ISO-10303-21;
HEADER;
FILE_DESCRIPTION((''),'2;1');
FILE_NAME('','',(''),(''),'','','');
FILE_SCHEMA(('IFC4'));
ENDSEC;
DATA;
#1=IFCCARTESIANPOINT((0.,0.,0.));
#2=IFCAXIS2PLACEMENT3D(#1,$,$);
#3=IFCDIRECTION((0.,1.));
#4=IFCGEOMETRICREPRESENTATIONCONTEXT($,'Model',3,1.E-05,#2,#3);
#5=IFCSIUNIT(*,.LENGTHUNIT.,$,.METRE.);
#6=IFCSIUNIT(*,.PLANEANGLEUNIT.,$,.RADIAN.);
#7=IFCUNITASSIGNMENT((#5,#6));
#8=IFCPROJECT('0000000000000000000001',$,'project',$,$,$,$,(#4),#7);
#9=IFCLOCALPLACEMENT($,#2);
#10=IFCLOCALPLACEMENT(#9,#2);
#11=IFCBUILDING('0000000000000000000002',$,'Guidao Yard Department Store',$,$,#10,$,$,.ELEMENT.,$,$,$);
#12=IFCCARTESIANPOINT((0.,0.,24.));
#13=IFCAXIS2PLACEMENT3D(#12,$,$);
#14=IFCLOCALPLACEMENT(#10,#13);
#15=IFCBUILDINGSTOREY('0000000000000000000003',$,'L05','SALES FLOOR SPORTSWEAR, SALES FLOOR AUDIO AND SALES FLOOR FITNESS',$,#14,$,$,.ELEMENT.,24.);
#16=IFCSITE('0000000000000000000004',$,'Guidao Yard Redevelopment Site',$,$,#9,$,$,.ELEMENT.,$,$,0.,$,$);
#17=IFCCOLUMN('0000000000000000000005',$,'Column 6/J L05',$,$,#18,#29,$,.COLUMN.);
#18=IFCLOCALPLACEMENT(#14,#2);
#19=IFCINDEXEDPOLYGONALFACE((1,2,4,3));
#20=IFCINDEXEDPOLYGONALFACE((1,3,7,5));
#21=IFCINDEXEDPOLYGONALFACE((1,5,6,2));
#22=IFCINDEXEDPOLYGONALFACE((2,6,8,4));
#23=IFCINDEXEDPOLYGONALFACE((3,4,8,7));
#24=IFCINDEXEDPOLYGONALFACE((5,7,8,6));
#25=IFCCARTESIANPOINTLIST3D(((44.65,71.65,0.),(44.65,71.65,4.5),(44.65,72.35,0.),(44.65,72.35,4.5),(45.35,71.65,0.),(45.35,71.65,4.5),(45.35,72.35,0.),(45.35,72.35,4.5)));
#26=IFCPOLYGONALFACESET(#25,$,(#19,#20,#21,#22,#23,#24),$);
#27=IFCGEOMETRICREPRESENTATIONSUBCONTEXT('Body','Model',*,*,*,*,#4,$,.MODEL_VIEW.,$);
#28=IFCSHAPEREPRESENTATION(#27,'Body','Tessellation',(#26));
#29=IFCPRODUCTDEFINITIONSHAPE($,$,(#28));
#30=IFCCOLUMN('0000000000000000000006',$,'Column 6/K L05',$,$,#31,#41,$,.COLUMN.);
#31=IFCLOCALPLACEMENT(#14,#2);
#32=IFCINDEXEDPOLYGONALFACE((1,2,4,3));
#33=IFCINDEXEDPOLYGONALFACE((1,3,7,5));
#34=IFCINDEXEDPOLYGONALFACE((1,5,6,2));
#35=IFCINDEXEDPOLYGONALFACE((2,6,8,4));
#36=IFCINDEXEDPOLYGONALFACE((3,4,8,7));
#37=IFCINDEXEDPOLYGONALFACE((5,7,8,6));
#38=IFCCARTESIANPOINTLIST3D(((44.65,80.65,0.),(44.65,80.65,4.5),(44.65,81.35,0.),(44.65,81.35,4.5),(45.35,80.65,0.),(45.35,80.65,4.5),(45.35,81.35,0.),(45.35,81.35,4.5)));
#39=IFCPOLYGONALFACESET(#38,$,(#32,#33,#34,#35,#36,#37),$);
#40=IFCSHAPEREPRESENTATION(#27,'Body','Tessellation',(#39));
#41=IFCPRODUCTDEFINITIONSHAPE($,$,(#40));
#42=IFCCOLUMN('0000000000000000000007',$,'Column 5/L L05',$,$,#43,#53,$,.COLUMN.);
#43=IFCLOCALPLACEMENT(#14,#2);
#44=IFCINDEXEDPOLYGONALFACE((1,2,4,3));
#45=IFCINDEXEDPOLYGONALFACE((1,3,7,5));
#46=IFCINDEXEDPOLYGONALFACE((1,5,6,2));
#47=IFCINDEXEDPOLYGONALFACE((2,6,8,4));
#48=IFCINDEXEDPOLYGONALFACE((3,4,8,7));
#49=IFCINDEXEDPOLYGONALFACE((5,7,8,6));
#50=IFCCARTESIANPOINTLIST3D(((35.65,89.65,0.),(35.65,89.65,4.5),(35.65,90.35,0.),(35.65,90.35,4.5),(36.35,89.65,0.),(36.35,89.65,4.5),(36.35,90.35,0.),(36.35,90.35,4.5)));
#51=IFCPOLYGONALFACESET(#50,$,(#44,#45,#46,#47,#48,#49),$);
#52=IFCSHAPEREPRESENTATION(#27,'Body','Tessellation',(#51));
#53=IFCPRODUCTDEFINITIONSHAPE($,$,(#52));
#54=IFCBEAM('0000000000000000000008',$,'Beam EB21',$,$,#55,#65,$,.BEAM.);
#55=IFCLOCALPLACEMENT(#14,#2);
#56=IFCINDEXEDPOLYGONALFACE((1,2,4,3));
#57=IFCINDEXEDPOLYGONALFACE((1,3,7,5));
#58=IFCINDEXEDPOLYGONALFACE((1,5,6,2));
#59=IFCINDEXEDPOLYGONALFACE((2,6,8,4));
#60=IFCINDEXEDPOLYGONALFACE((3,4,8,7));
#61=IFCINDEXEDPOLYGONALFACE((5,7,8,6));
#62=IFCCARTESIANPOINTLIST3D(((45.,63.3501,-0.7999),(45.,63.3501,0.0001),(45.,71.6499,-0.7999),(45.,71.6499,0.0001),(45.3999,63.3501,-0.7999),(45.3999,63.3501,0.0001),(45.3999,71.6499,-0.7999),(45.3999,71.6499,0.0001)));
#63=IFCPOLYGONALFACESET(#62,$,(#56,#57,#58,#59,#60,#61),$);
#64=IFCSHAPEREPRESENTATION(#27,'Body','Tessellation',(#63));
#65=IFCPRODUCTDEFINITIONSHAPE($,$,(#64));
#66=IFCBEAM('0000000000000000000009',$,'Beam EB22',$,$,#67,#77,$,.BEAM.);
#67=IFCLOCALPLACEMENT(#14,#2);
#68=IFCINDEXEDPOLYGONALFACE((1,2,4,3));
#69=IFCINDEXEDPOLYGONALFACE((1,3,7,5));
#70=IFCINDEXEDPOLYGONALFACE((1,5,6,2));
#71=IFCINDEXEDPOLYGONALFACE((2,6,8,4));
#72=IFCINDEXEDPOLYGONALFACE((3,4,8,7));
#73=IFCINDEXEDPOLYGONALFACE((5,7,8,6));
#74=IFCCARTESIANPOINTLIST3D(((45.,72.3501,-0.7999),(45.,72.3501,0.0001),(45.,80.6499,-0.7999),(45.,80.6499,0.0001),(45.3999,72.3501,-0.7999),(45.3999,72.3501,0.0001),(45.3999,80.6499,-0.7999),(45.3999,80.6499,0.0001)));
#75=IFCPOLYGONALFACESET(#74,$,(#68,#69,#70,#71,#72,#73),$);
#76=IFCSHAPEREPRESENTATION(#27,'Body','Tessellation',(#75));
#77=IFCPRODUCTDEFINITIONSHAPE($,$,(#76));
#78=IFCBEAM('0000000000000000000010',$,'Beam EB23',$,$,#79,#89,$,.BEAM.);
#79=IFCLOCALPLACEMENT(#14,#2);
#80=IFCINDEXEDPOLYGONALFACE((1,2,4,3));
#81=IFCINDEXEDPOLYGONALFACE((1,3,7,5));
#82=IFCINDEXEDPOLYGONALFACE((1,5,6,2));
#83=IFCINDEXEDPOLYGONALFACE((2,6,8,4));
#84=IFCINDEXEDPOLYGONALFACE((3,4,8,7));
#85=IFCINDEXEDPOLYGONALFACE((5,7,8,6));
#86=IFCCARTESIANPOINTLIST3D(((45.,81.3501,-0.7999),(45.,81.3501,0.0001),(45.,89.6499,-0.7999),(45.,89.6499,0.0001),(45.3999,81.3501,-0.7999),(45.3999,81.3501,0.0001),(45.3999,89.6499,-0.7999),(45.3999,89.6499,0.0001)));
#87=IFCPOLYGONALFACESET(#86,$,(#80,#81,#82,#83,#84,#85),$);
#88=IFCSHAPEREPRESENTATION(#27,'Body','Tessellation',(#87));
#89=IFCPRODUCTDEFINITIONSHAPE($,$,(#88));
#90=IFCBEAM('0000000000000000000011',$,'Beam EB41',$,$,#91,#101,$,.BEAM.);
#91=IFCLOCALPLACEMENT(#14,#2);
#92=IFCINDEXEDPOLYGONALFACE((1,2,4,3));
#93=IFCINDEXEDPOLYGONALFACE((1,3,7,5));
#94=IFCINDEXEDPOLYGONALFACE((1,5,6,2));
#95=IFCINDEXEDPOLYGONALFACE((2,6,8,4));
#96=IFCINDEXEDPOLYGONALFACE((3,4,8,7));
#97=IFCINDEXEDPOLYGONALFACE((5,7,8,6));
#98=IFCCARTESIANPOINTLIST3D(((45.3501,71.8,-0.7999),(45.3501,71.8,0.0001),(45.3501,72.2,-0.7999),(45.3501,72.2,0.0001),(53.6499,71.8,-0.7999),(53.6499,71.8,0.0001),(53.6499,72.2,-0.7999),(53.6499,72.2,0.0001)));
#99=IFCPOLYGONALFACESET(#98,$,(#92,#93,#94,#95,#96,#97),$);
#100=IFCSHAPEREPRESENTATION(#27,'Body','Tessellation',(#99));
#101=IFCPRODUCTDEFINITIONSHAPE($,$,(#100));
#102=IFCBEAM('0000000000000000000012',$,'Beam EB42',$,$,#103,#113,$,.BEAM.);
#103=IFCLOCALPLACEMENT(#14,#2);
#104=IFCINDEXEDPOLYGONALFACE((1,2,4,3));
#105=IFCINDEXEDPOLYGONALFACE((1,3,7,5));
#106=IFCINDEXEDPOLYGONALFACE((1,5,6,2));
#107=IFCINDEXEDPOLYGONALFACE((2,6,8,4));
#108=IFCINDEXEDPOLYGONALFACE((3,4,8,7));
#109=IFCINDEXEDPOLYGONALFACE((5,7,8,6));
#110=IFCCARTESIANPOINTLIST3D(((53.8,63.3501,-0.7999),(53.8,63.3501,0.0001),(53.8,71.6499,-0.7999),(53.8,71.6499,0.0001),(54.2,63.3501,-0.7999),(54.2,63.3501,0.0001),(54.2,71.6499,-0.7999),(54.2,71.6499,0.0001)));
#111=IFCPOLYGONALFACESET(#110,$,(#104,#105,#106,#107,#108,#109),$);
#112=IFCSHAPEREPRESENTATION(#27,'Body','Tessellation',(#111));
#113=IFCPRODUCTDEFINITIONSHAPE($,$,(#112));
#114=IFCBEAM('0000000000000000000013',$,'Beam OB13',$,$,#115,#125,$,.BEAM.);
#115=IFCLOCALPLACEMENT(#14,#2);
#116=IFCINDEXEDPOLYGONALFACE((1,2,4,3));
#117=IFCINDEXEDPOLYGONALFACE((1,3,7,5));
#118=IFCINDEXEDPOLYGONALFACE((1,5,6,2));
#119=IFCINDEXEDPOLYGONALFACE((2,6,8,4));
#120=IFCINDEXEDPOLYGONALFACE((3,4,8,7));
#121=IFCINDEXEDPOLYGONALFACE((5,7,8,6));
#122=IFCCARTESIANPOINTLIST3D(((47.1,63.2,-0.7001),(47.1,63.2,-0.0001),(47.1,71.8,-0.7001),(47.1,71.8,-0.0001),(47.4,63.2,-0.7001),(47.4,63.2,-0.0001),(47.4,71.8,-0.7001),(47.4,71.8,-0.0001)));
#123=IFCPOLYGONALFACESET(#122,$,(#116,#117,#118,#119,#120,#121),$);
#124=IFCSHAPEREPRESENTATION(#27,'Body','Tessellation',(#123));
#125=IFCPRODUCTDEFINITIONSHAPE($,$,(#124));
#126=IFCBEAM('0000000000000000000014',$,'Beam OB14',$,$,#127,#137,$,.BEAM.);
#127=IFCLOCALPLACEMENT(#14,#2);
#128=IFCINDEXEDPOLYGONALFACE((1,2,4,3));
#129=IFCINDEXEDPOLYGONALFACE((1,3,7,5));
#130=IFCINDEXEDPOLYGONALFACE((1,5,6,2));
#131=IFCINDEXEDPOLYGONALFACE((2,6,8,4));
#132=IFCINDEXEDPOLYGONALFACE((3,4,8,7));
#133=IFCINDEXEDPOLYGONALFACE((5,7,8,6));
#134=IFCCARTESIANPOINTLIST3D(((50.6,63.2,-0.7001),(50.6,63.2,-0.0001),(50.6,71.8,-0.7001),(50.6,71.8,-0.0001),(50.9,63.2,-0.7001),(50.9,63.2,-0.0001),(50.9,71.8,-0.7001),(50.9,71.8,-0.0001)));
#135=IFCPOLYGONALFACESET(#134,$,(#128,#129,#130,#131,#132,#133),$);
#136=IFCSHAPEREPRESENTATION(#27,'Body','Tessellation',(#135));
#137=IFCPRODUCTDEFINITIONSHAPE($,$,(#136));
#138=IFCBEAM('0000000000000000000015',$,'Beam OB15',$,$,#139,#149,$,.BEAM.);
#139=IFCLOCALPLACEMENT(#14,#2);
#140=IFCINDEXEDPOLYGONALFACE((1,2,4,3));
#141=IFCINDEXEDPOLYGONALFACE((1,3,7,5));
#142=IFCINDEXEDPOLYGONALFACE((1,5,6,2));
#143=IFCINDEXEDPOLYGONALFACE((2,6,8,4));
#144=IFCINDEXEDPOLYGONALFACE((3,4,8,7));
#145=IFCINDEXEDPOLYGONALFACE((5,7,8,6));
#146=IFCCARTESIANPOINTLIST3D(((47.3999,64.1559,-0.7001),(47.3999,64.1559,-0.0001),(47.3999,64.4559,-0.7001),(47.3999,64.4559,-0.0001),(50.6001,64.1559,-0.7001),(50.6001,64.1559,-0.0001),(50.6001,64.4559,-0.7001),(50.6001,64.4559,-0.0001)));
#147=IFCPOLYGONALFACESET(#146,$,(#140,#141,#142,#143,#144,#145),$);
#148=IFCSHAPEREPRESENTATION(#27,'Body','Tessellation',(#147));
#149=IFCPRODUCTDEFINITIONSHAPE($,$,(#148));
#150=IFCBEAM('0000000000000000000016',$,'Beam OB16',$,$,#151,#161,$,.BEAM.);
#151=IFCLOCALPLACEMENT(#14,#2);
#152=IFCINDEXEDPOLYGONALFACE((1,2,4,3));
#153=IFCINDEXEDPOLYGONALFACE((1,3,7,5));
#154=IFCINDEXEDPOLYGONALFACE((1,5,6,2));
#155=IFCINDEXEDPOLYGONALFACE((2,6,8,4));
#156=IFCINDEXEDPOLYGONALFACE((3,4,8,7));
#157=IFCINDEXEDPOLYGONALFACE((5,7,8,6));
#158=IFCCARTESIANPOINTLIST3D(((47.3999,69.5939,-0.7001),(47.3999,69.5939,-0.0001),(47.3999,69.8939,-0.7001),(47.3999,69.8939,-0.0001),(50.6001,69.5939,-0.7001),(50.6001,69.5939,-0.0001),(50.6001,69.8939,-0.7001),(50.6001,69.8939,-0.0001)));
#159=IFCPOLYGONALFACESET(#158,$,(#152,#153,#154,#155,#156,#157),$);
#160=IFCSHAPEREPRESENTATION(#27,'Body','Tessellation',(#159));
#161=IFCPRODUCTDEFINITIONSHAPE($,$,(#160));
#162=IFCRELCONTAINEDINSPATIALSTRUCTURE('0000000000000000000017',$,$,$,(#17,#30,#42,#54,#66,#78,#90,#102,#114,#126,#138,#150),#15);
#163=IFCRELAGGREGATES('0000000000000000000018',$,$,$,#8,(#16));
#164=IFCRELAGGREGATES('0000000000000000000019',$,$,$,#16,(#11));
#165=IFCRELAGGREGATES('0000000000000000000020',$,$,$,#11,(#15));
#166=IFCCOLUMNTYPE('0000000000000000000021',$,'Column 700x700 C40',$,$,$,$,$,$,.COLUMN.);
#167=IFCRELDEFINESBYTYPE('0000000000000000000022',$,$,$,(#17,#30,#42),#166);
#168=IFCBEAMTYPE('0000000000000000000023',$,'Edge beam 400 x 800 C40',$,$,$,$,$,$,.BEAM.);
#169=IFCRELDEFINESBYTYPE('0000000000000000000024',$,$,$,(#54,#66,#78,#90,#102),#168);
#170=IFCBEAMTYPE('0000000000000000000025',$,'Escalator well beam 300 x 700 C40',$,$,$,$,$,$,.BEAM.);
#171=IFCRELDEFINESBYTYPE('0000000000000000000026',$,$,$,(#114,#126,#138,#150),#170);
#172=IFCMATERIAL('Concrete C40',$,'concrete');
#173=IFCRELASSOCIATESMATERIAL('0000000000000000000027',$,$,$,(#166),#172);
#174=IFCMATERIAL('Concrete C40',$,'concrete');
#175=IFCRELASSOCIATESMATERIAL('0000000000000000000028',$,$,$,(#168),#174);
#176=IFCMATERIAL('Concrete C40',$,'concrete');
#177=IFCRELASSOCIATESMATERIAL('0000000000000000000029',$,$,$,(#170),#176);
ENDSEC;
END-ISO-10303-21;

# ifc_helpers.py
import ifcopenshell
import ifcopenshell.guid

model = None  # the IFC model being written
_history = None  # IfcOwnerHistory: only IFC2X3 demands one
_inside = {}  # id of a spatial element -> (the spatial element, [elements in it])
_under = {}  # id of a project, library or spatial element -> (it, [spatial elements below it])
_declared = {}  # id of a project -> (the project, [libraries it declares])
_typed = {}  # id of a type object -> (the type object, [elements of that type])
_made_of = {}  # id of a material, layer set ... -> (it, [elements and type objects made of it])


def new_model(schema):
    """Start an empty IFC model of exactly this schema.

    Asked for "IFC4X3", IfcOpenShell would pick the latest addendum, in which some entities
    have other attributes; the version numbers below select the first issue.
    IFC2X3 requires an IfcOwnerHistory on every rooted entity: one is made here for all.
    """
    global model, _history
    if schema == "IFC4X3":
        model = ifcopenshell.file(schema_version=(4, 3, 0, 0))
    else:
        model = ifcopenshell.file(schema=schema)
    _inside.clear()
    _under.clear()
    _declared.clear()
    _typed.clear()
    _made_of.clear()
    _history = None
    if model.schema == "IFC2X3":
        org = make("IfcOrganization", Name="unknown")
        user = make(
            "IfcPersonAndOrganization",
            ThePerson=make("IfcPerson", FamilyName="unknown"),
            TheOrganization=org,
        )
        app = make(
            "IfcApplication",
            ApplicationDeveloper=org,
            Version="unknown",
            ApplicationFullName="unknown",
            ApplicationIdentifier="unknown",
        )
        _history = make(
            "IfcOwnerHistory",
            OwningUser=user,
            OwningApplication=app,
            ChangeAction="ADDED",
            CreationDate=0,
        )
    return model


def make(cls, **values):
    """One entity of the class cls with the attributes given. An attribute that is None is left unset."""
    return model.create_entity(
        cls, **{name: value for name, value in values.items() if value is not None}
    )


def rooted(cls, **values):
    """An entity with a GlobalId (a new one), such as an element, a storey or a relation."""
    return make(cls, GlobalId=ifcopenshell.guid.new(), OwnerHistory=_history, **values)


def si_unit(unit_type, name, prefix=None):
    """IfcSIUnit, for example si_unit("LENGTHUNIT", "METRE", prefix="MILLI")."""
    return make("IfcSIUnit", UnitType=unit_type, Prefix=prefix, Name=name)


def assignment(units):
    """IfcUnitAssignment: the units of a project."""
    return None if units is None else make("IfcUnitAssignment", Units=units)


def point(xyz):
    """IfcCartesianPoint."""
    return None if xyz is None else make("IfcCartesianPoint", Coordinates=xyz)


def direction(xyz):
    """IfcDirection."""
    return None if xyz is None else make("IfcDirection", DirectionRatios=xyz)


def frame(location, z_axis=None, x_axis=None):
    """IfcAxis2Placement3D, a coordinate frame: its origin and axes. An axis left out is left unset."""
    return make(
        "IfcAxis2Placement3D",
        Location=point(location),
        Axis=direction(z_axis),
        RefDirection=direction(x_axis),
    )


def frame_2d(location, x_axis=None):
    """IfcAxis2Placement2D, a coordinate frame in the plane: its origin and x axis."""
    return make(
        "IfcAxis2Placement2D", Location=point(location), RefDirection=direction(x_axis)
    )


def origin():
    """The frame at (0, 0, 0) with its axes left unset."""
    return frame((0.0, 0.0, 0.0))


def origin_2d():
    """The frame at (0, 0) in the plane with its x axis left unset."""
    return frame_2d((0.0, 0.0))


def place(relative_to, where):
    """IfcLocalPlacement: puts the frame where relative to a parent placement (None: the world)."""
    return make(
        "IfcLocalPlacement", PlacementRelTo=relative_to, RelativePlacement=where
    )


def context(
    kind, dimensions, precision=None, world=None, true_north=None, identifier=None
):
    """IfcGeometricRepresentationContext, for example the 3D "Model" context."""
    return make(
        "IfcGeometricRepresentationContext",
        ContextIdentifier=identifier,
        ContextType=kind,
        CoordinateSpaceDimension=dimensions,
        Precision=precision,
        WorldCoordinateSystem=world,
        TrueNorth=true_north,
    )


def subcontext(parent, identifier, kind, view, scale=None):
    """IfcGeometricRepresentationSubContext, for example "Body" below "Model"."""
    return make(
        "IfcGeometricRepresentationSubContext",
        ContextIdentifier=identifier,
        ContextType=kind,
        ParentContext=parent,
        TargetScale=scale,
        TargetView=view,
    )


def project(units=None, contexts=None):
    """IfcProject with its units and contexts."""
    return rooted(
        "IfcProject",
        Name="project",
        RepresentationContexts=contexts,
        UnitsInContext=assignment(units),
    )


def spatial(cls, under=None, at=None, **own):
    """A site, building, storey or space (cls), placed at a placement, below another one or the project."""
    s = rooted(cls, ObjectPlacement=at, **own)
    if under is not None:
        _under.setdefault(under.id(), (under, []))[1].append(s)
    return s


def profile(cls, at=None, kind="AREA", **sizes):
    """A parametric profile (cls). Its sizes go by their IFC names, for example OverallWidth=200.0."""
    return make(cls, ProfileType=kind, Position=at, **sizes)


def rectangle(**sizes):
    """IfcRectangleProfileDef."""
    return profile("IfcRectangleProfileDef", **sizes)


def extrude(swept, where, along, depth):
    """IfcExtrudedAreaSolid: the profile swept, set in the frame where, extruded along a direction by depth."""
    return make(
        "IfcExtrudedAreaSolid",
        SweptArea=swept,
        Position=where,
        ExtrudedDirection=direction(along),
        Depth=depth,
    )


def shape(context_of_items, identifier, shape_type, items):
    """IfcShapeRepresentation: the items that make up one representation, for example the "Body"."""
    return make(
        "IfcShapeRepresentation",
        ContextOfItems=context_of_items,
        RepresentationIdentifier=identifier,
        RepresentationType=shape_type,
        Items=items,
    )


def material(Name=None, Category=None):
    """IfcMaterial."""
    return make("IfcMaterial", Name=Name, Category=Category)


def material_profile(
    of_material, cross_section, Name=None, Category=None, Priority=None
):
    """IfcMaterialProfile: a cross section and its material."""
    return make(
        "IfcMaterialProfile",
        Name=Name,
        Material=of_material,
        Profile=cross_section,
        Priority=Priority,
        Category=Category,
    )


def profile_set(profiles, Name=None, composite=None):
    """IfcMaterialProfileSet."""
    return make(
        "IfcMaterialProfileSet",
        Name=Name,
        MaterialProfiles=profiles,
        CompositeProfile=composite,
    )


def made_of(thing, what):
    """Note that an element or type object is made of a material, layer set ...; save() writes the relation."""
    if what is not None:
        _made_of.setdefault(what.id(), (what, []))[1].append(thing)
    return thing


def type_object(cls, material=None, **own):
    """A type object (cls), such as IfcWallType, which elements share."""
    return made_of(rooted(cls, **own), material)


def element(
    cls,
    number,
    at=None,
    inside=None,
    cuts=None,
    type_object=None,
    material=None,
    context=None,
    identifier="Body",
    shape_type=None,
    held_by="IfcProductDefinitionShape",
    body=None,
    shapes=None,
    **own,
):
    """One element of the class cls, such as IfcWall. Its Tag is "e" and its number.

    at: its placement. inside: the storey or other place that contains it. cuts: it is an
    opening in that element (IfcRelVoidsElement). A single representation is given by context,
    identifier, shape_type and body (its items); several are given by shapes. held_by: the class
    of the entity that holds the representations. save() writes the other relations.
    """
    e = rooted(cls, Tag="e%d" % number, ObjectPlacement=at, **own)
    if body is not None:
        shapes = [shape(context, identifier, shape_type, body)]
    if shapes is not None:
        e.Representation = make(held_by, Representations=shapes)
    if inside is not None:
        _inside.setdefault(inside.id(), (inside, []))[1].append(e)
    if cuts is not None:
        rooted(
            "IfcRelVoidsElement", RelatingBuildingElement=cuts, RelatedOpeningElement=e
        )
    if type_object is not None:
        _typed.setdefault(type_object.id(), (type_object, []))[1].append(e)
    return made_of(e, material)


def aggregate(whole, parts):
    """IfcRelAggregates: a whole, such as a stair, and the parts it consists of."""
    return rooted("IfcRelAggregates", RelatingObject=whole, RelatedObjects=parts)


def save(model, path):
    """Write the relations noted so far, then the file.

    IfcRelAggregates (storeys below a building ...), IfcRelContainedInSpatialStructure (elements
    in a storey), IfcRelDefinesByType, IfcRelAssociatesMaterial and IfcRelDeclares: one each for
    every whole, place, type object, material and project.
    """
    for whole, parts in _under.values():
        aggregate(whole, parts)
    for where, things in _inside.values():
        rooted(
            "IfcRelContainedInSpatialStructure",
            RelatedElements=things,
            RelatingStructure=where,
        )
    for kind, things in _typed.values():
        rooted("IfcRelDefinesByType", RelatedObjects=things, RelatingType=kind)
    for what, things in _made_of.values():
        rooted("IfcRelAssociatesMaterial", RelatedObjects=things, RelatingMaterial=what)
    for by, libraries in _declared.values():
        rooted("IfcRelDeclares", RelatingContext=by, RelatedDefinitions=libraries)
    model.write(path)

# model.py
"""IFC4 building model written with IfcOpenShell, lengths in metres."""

from ifc_helpers import new_model, si_unit, direction, frame, origin, origin_2d, place, context, subcontext, project, spatial, rectangle, extrude, material, material_profile, profile_set, type_object, element, save


model = new_model("IFC4")

# Units and contexts
model_context = context("Model", 3, precision=1e-05, world=origin(), true_north=direction((0.0, 1.0)))
body_context = subcontext(model_context, "Body", "Model", "MODEL_VIEW")
ifc_project = project(units=[si_unit("LENGTHUNIT", "METRE"), si_unit("PLANEANGLEUNIT", "RADIAN")], contexts=[model_context])

# Site, building, storey
site_placement = place(None, origin())
site = spatial("IfcSite", under=ifc_project, at=site_placement, Name="Guidao Yard Redevelopment Site", CompositionType="ELEMENT", RefElevation=0.0)
building_placement = place(site_placement, origin())
building = spatial("IfcBuilding", under=site, at=building_placement, Name="Guidao Yard Department Store", CompositionType="ELEMENT")
storey_placement = place(building_placement, frame((0.0, 0.0, 24.0)))
storey = spatial("IfcBuildingStorey", under=building, at=storey_placement, Name="L05", Description="SALES FLOOR SPORTSWEAR, SALES FLOOR AUDIO AND SALES FLOOR FITNESS", CompositionType="ELEMENT", Elevation=24.0)

# Columns
ifc_material_1 = material(Name="Concrete C40", Category="concrete")
ifc_material_profile_1 = material_profile(ifc_material_1, rectangle(XDim=0.7, YDim=0.7, at=origin_2d()), Name="COL 700x700")
ifc_profile_set_1 = profile_set([ifc_material_profile_1], Name="Concrete C40")
column_type = type_object("IfcColumnType", Name="Column 700x700 C40", PredefinedType="COLUMN", material=ifc_profile_set_1)
for number, where, z_axis, x_axis, name in (
    (1, (45.0, 72.0, 0.0), (0.0, 0.0, 1.0), (1.0, 0.0, 0.0), "Column 6/J L05"),
    (2, (45.0, 81.0, 0.0), (0.0, 0.0, 1.0), (1.0, 0.0, 0.0), "Column 6/K L05"),
    (3, (36.0, 90.0, 0.0), (0.0, 0.0, 1.0), (1.0, 0.0, 0.0), "Column 5/L L05"),
):
    element("IfcColumn", number, at=place(storey_placement, frame(where, z_axis=z_axis, x_axis=x_axis)), inside=storey, type_object=column_type, Name=name, PredefinedType="COLUMN", context=body_context, shape_type="SweptSolid", body=[
        extrude(rectangle(XDim=0.7, YDim=0.7, at=origin_2d()), origin(), (0.0, 0.0, 1.0), 4.5),
    ])

# Beams
ifc_material_2 = material(Name="Concrete C40", Category="concrete")
ifc_material_profile_2 = material_profile(ifc_material_2, rectangle(XDim=0.3999, YDim=0.8, at=origin_2d()), Name="Edge beam 400 x 800 C40")
ifc_profile_set_2 = profile_set([ifc_material_profile_2], Name="Concrete C40")
beam_type_1 = type_object("IfcBeamType", Name="Edge beam 400 x 800 C40", PredefinedType="BEAM", material=ifc_profile_set_2)
for number, where, z_axis, x_axis, name in (
    (4, (45.2, 63.3501, -0.3999), (0.0, 1.0, 0.0), (-1.0, 0.0, 0.0), "Beam EB21"),
    (5, (45.2, 72.3501, -0.3999), (0.0, 1.0, 0.0), (-1.0, 0.0, 0.0), "Beam EB22"),
    (6, (45.2, 81.3501, -0.3999), (0.0, 1.0, 0.0), (-1.0, 0.0, 0.0), "Beam EB23"),
    (7, (45.3501, 72.0, -0.3999), (1.0, 0.0, 0.0), (0.0, 1.0, 0.0), "Beam EB41"),
    (8, (54.0, 63.3501, -0.3999), (0.0, 1.0, 0.0), (-1.0, 0.0, 0.0), "Beam EB42"),
):
    element("IfcBeam", number, at=place(storey_placement, frame(where, z_axis=z_axis, x_axis=x_axis)), inside=storey, type_object=beam_type_1, Name=name, PredefinedType="BEAM", context=body_context, shape_type="SweptSolid", body=[
        extrude(rectangle(XDim=0.3999, YDim=0.8, at=origin_2d()), origin(), (0.0, 0.0, 1.0), 8.2998),
    ])
ifc_material_3 = material(Name="Concrete C40", Category="concrete")
ifc_material_profile_3 = material_profile(ifc_material_3, rectangle(XDim=0.3, YDim=0.7, at=origin_2d()), Name="Escalator well beam 300 x 700 C40")
ifc_profile_set_3 = profile_set([ifc_material_profile_3], Name="Concrete C40")
beam_type_2 = type_object("IfcBeamType", Name="Escalator well beam 300 x 700 C40", PredefinedType="BEAM", material=ifc_profile_set_3)
for number, where, z_axis, x_axis, name in (
    (9, (47.25, 63.2, -0.3501), (0.0, 1.0, 0.0), (-1.0, 0.0, 0.0), "Beam OB13"),
    (10, (50.75, 63.2, -0.3501), (0.0, 1.0, 0.0), (-1.0, 0.0, 0.0), "Beam OB14"),
):
    element("IfcBeam", number, at=place(storey_placement, frame(where, z_axis=z_axis, x_axis=x_axis)), inside=storey, type_object=beam_type_2, Name=name, PredefinedType="BEAM", context=body_context, shape_type="SweptSolid", body=[
        extrude(rectangle(XDim=0.3, YDim=0.7, at=origin_2d()), origin(), (0.0, 0.0, 1.0), 8.6001),
    ])
for number, where, z_axis, x_axis, name in (
    (11, (47.3999, 64.3059, -0.3501), (1.0, 0.0, 0.0), (0.0, 1.0, 0.0), "Beam OB15"),
    (12, (47.3999, 69.7439, -0.3501), (1.0, 0.0, 0.0), (0.0, 1.0, 0.0), "Beam OB16"),
):
    element("IfcBeam", number, at=place(storey_placement, frame(where, z_axis=z_axis, x_axis=x_axis)), inside=storey, type_object=beam_type_2, Name=name, PredefinedType="BEAM", context=body_context, shape_type="SweptSolid", body=[
        extrude(rectangle(XDim=0.3, YDim=0.7, at=origin_2d()), origin(), (0.0, 0.0, 1.0), 3.2002),
    ])

save(model, "model.ifc")
